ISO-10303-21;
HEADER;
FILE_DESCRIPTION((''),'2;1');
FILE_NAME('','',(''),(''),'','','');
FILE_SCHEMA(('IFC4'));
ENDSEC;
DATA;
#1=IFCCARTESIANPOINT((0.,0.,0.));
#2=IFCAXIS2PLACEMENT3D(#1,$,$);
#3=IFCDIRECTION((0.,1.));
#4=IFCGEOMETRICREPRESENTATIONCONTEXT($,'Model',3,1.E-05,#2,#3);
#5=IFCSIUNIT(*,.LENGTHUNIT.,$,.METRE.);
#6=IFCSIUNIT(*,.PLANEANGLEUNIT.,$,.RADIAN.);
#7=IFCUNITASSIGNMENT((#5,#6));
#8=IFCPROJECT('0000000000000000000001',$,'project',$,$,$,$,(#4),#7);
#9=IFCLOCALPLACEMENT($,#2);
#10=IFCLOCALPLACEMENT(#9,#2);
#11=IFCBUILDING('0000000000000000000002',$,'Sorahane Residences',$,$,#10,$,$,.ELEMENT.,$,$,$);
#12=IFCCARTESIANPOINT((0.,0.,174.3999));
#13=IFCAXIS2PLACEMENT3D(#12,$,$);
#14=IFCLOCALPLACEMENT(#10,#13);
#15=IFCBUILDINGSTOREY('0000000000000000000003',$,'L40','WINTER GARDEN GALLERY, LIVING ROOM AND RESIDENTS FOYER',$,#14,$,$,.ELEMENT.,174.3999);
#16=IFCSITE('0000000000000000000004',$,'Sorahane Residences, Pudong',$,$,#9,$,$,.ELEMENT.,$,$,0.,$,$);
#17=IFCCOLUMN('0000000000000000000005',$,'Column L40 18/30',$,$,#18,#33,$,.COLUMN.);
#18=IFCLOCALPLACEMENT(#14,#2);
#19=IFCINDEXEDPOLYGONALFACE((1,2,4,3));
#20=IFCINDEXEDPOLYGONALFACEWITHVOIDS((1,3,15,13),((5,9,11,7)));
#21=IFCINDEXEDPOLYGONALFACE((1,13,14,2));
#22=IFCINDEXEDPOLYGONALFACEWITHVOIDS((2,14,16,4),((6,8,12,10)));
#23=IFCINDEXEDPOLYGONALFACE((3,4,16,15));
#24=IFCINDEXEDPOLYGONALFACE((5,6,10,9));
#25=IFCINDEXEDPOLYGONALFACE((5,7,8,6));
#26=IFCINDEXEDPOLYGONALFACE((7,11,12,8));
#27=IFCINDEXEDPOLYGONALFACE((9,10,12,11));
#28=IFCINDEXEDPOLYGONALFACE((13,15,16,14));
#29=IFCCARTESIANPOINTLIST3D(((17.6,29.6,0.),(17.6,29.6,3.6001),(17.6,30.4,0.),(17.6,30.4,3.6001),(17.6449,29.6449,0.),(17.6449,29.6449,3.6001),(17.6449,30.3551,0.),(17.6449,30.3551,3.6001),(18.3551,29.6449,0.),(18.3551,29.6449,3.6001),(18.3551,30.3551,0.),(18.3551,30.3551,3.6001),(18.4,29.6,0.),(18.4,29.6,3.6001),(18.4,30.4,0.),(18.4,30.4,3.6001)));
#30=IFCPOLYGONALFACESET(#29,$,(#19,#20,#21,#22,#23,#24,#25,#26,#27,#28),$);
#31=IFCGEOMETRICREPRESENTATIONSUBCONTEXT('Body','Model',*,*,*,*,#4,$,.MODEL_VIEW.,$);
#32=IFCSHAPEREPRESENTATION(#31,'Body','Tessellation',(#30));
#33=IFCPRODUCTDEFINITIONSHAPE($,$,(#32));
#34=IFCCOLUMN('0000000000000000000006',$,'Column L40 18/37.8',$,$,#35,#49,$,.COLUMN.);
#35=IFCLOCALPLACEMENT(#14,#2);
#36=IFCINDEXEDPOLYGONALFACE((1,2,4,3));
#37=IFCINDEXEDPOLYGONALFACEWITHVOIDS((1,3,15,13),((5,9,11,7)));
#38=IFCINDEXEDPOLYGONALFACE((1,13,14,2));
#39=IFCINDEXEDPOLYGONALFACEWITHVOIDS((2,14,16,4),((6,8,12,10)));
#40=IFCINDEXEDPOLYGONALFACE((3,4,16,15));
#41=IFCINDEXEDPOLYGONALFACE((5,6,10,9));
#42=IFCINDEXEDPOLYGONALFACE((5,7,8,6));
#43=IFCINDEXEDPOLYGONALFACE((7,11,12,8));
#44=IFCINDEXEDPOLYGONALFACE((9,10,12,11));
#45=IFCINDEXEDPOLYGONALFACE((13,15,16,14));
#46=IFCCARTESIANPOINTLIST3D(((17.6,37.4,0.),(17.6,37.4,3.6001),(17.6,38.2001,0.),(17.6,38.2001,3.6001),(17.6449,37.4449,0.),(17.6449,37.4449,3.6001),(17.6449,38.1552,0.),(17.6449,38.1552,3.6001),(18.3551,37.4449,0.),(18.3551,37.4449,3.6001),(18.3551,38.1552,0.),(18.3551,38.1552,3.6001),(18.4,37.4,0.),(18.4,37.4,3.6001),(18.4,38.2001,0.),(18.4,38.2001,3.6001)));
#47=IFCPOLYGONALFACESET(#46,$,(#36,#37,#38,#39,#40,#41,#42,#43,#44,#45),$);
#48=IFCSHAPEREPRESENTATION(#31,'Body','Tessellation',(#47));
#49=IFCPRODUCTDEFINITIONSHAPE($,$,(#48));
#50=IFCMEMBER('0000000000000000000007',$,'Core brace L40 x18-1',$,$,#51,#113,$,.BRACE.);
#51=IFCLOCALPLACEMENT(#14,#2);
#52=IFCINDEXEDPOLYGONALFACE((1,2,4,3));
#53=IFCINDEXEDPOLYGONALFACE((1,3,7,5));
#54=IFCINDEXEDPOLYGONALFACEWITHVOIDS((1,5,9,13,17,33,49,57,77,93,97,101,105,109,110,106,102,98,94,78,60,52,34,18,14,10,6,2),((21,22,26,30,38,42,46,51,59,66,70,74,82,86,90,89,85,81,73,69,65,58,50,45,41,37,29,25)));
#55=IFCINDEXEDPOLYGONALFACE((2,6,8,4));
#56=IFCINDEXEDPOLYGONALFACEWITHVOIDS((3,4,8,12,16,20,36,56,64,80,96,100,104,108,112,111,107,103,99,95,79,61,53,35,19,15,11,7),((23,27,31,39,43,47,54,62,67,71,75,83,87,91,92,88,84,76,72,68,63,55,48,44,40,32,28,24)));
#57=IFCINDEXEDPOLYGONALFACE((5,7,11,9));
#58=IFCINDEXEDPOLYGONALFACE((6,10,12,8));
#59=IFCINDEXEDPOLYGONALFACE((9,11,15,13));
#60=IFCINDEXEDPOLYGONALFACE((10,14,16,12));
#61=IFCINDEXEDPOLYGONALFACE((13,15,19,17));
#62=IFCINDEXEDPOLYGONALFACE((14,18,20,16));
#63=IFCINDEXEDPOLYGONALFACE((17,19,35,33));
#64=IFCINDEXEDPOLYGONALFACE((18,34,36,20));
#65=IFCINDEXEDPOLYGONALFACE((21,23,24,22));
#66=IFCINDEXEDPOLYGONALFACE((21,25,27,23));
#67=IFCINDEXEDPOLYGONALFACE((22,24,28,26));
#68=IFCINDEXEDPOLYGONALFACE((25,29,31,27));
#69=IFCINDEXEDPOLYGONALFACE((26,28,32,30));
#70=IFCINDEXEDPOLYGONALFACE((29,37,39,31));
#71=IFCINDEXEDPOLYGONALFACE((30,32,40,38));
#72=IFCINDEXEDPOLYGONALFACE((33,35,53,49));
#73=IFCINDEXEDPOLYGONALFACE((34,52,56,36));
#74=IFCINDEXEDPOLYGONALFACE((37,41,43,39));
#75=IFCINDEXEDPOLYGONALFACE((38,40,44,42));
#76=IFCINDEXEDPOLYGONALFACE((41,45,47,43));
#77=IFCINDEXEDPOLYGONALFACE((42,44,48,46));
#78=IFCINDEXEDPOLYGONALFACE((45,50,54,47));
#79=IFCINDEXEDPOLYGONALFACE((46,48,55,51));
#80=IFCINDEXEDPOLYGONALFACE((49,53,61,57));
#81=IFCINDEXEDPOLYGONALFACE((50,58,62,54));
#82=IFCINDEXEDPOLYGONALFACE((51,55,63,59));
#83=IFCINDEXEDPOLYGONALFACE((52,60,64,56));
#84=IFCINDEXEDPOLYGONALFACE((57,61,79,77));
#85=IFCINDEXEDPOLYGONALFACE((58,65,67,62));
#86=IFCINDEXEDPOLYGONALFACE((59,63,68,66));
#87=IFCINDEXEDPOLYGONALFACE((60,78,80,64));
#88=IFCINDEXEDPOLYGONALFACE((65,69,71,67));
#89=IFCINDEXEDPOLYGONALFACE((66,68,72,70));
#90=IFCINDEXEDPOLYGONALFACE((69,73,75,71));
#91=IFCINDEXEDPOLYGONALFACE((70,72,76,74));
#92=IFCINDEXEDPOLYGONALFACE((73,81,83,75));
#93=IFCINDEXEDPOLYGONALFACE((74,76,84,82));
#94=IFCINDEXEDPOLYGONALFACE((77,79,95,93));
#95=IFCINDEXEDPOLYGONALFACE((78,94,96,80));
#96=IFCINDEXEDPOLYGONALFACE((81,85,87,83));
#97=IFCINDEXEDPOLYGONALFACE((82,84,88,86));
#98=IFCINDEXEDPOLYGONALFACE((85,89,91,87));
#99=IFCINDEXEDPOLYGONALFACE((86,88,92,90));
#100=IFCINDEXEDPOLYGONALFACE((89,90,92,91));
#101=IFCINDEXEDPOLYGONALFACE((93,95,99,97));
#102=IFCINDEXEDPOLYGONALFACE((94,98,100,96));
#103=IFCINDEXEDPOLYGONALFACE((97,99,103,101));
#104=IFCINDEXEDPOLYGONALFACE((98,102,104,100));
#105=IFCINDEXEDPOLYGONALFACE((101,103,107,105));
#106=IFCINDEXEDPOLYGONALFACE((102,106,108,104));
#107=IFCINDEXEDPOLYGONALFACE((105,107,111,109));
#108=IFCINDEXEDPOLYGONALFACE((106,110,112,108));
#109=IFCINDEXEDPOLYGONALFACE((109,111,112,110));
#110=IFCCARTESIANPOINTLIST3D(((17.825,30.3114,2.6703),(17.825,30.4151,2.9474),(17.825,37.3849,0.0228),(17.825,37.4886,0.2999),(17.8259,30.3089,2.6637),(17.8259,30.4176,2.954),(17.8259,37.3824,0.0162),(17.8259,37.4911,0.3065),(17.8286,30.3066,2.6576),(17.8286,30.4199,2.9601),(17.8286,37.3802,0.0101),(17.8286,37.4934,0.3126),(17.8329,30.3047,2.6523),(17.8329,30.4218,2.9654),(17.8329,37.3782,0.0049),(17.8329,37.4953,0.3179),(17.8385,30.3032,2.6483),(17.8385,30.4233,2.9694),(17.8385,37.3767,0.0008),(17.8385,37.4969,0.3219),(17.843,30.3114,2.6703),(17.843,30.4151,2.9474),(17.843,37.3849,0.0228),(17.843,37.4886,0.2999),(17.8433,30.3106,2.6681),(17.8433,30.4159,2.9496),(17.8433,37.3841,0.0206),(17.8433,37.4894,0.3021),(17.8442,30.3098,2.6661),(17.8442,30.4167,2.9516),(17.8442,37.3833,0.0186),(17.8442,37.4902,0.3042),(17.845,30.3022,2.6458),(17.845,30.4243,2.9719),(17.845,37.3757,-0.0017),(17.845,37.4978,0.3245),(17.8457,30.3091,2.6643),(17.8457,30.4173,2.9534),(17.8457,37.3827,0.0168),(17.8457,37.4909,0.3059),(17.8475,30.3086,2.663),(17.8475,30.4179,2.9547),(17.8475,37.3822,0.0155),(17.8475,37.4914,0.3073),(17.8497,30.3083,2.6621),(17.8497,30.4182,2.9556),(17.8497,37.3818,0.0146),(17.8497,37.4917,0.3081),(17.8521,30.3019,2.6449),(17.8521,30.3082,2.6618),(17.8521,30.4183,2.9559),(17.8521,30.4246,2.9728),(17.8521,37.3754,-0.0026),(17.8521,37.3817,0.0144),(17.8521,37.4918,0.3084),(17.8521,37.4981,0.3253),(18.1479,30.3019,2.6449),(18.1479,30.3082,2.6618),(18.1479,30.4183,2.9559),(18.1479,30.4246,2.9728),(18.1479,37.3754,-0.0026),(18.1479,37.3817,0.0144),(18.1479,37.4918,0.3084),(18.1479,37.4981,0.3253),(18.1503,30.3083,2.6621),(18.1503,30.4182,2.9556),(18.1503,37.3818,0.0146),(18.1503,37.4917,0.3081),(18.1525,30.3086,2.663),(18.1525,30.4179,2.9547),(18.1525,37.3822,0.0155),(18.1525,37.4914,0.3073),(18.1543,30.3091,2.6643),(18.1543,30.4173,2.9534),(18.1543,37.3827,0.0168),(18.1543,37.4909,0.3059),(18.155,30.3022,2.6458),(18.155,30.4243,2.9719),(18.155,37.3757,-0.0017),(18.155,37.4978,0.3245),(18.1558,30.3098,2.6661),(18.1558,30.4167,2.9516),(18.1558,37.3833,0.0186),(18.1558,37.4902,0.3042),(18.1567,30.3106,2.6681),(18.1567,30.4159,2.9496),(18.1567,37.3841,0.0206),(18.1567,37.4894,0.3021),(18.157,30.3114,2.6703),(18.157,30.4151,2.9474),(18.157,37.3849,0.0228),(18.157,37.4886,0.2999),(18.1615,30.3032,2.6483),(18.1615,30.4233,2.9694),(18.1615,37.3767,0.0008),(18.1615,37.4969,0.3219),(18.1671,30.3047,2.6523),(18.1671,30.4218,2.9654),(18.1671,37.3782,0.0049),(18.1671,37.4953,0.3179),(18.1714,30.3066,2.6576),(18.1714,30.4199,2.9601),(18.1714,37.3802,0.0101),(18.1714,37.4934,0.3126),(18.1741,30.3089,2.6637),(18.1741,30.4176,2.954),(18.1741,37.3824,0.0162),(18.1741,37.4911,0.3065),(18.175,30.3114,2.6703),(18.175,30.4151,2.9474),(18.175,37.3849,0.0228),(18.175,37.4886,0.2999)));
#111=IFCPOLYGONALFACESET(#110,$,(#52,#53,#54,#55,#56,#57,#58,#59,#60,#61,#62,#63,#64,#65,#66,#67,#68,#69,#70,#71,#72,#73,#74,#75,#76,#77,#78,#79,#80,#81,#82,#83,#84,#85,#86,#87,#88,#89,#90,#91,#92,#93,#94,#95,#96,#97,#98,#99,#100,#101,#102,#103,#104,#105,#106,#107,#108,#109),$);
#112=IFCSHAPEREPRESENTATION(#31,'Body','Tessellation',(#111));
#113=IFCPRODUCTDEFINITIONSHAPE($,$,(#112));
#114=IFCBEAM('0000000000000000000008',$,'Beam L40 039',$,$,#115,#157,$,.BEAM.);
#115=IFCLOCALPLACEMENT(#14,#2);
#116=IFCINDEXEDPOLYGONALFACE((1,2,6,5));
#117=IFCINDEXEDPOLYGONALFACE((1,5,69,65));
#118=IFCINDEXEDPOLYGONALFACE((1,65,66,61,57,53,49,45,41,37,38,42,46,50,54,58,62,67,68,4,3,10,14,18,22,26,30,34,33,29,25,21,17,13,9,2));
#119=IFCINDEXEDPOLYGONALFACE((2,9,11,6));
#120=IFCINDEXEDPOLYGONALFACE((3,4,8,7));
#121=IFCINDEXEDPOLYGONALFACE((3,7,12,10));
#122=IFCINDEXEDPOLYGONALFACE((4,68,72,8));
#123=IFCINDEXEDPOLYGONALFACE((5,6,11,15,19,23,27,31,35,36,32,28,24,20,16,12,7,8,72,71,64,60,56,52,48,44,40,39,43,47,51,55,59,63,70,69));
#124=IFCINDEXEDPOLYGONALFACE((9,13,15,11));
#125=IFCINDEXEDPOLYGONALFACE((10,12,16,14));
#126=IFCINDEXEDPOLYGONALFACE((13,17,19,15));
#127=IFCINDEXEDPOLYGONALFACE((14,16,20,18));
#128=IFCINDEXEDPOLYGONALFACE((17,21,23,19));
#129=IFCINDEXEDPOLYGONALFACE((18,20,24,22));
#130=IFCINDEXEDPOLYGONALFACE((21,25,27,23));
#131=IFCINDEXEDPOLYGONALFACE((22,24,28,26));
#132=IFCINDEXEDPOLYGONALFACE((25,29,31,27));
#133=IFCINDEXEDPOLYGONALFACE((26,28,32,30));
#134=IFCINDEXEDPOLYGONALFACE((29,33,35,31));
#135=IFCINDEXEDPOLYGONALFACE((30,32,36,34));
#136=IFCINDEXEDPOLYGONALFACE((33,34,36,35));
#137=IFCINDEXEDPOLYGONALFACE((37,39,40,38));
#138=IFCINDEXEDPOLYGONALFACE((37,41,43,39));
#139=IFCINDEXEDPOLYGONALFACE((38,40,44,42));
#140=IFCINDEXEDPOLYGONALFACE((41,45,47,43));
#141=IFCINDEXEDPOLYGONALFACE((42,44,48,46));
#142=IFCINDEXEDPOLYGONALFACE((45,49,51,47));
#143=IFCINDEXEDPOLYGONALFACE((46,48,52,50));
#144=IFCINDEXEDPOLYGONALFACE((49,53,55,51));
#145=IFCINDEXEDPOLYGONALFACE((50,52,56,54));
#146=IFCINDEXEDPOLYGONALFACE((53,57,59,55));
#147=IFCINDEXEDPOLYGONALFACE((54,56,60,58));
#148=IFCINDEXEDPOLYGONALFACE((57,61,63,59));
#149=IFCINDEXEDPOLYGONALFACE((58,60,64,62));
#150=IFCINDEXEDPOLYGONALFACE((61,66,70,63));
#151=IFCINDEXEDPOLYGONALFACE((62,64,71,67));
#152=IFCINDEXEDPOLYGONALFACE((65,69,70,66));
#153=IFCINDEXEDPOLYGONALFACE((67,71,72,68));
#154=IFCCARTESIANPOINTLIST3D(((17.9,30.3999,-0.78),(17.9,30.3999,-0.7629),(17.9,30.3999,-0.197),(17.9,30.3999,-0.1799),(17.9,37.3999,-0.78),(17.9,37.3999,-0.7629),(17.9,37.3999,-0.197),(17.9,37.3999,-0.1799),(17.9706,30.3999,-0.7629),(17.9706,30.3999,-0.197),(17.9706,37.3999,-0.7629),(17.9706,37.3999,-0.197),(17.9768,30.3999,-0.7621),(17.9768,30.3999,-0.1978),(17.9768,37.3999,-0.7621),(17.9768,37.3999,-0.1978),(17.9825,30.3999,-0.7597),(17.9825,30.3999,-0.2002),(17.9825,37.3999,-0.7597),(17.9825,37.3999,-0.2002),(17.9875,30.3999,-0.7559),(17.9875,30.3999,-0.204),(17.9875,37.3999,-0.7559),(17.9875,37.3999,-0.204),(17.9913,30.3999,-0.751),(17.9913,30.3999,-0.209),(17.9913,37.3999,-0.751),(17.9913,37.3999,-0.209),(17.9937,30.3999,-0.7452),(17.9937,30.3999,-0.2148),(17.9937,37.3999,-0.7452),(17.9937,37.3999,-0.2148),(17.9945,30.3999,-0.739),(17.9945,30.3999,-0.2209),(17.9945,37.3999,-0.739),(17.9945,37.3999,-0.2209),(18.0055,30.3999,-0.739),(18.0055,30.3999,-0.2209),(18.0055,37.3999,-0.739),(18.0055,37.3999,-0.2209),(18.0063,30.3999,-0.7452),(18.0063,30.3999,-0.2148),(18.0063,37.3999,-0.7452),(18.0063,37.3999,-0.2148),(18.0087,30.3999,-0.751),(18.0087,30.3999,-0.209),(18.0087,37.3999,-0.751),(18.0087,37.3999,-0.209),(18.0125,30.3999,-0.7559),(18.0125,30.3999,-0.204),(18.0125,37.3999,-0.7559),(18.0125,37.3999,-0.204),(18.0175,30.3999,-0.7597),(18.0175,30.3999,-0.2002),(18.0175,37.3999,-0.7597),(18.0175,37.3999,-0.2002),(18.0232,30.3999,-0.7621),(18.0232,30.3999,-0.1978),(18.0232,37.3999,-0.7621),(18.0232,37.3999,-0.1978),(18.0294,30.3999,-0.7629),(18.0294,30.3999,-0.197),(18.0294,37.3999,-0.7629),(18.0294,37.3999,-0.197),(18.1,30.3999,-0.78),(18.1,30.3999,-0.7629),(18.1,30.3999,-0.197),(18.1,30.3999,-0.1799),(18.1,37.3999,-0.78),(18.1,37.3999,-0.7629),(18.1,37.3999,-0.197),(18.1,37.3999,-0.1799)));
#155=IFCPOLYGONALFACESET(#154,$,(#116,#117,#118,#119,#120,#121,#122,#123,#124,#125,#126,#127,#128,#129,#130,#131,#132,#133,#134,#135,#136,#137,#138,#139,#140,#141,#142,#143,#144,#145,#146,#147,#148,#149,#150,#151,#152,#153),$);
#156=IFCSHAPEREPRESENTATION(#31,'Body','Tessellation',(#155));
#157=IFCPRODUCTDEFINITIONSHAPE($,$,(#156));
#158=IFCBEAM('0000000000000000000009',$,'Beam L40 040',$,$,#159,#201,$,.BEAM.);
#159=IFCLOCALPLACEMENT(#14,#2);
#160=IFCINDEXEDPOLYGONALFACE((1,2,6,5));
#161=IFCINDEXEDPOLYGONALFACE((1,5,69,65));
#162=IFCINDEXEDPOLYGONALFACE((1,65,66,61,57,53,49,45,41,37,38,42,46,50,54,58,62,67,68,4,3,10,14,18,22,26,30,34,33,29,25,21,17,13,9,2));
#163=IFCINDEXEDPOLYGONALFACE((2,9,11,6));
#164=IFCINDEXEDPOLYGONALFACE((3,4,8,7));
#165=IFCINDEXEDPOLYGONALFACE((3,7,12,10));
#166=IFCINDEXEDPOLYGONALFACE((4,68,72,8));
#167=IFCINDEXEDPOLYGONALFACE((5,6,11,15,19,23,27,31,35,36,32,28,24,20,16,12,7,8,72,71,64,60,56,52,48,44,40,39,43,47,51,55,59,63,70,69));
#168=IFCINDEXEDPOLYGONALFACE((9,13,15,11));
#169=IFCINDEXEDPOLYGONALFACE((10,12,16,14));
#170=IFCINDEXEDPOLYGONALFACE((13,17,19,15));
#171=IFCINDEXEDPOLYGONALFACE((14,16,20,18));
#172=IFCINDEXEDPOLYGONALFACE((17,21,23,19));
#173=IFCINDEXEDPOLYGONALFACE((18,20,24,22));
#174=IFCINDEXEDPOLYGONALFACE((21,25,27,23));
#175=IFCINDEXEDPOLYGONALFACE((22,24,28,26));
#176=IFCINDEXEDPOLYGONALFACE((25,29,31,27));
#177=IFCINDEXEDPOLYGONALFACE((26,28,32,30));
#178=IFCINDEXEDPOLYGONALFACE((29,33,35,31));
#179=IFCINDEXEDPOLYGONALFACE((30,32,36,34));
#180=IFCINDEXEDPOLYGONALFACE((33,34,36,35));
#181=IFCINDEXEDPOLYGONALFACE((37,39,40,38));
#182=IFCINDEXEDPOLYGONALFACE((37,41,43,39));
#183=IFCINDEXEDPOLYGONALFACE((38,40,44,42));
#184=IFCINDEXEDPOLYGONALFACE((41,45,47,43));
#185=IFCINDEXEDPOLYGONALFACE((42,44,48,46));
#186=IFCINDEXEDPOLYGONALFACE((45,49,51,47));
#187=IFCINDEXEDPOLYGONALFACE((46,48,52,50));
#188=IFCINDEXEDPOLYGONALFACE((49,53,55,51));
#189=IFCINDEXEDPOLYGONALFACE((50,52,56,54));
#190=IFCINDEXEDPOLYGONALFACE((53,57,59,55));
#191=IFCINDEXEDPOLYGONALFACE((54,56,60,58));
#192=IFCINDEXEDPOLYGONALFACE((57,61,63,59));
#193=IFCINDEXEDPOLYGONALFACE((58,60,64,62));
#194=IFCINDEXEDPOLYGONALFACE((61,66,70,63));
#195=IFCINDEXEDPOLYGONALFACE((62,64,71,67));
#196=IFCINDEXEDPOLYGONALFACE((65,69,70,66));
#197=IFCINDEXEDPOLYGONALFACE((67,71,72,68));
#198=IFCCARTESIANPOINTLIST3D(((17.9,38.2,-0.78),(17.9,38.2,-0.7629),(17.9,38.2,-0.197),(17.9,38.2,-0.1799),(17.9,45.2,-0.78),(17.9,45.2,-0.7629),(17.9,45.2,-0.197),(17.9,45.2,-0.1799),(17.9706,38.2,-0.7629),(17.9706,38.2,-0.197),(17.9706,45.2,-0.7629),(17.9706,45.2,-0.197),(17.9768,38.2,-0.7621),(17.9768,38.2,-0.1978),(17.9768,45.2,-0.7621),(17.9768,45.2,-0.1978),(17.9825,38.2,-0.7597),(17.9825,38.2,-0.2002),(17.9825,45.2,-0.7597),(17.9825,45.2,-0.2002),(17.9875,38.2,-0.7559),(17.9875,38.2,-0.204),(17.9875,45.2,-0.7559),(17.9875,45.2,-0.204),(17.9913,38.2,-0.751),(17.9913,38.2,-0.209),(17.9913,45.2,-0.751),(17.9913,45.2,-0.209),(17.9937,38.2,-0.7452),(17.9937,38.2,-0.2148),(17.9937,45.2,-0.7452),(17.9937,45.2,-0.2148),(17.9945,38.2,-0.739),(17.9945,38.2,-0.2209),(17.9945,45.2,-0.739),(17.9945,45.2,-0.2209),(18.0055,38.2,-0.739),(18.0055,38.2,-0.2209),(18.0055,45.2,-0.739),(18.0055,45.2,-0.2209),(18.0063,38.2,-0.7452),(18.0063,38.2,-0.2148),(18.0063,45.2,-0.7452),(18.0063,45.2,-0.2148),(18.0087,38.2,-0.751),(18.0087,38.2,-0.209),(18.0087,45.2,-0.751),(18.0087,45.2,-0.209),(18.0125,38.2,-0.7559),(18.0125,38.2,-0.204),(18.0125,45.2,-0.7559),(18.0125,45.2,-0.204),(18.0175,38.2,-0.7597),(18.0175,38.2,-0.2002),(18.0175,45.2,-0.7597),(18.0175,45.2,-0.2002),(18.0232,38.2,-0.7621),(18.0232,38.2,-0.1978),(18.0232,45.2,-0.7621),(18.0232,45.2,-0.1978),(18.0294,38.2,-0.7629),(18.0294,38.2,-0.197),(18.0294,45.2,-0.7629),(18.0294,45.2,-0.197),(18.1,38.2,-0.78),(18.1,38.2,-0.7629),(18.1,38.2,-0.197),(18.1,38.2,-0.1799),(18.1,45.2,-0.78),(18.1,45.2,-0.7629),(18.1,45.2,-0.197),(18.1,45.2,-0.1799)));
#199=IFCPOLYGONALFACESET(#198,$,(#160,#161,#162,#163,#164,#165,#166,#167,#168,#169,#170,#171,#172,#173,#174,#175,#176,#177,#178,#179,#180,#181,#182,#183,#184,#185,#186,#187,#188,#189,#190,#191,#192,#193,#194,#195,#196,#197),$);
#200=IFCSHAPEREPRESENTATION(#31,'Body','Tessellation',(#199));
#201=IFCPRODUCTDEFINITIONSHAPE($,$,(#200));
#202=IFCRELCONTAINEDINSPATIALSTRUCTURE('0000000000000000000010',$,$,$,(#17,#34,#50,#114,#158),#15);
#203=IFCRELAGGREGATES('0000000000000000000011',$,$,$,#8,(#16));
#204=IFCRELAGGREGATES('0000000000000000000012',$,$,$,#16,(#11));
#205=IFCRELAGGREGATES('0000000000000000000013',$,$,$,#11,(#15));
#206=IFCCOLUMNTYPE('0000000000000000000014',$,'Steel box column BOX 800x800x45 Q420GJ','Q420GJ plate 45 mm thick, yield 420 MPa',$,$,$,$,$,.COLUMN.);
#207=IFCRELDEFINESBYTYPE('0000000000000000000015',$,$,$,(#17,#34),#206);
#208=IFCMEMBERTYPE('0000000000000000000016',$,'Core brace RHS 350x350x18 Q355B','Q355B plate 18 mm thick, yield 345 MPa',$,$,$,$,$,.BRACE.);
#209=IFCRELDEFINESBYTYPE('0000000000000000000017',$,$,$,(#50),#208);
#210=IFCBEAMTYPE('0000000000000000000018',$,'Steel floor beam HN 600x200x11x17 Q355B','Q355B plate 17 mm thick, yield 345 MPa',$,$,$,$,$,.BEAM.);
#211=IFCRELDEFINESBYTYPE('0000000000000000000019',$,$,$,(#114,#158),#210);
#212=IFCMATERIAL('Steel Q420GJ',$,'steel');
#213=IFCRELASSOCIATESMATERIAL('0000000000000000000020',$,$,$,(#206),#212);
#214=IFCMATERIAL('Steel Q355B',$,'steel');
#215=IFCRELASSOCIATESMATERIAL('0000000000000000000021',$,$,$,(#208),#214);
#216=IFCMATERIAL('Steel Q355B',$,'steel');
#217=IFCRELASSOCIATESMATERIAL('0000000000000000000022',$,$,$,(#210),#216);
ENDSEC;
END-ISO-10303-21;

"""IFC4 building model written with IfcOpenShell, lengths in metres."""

from ifc_helpers import new_model, si_unit, direction, frame, origin, origin_2d, place, context, subcontext, project, spatial, hollow_rectangle, i_section, extrude, material, material_profile, profile_set, type_object, element, save


model = new_model("IFC4")

# Units and contexts
model_context = context("Model", 3, precision=1e-05, world=origin(), true_north=direction((0.0, 1.0)))
body_context = subcontext(model_context, "Body", "Model", "MODEL_VIEW")
ifc_project = project(units=[si_unit("LENGTHUNIT", "METRE"), si_unit("PLANEANGLEUNIT", "RADIAN")], contexts=[model_context])

# Site, building, storey
site_placement = place(None, origin())
site = spatial("IfcSite", under=ifc_project, at=site_placement, Name="Sorahane Residences, Pudong", CompositionType="ELEMENT", RefElevation=0.0)
building_placement = place(site_placement, origin())
building = spatial("IfcBuilding", under=site, at=building_placement, Name="Sorahane Residences", CompositionType="ELEMENT")
storey_placement = place(building_placement, frame((0.0, 0.0, 174.3999)))
storey = spatial("IfcBuildingStorey", under=building, at=storey_placement, Name="L40", Description="WINTER GARDEN GALLERY, LIVING ROOM AND RESIDENTS FOYER", CompositionType="ELEMENT", Elevation=174.3999)

# Columns
ifc_material_1 = material(Name="Steel Q420GJ", Category="steel")
ifc_material_profile_1 = material_profile(ifc_material_1, hollow_rectangle(XDim=0.8, YDim=0.8, WallThickness=0.0449, at=origin_2d()), Name="BOX 800x800x45")
ifc_profile_set_1 = profile_set([ifc_material_profile_1], Name="Steel Q420GJ")
column_type = type_object("IfcColumnType", Name="Steel box column BOX 800x800x45 Q420GJ", Description="Q420GJ plate 45 mm thick, yield 420 MPa", PredefinedType="COLUMN", material=ifc_profile_set_1)
for number, where, z_axis, x_axis, name in (
    (1, (18.0, 30.0, 0.0), (0.0, 0.0, 1.0), (1.0, 0.0, 0.0), "Column L40 18/30"),
    (2, (18.0, 37.8, 0.0), (0.0, 0.0, 1.0), (1.0, 0.0, 0.0), "Column L40 18/37.8"),
):
    element("IfcColumn", number, at=place(storey_placement, frame(where, z_axis=z_axis, x_axis=x_axis)), inside=storey, type_object=column_type, Name=name, PredefinedType="COLUMN", context=body_context, shape_type="SweptSolid", body=[
        extrude(hollow_rectangle(XDim=0.8, YDim=0.8, WallThickness=0.0449, at=origin_2d()), origin(), (0.0, 0.0, 1.0), 3.6001),
    ])

# Member
ifc_material_2 = material(Name="Steel Q355B", Category="steel")
ifc_material_profile_2 = material_profile(ifc_material_2, hollow_rectangle(XDim=0.3501, YDim=0.3501, WallThickness=0.0181, InnerFilletRadius=0.009, OuterFilletRadius=0.0271, at=origin_2d()), Name="RHS 350x350x18")
ifc_profile_set_2 = profile_set([ifc_material_profile_2], Name="Steel Q355B")
member_type = type_object("IfcMemberType", Name="Core brace RHS 350x350x18 Q355B", Description="Q355B plate 18 mm thick, yield 345 MPa", PredefinedType="BRACE", material=ifc_profile_set_2)
member_placement = place(storey_placement, frame((18.0, 37.4368, 0.1614), z_axis=(0.0, -0.936551, 0.350532), x_axis=(1.0, 0.0, 0.0)))
element("IfcMember", 3, at=member_placement, inside=storey, type_object=member_type, Name="Core brace L40 x18-1", PredefinedType="BRACE", context=body_context, shape_type="SweptSolid", body=[
    extrude(hollow_rectangle(XDim=0.3501, YDim=0.3501, WallThickness=0.0181, InnerFilletRadius=0.009, OuterFilletRadius=0.0271, at=origin_2d()), origin(), (0.0, 0.0, 1.0), 7.5527),
])

# Beams
ifc_material_3 = material(Name="Steel Q355B", Category="steel")
ifc_material_profile_3 = material_profile(ifc_material_3, i_section(OverallWidth=0.2, OverallDepth=0.6001, WebThickness=0.011, FlangeThickness=0.0171, FilletRadius=0.0239, at=origin_2d()), Name="HN 600x200x11x17")
ifc_profile_set_3 = profile_set([ifc_material_profile_3], Name="Steel Q355B")
beam_type = type_object("IfcBeamType", Name="Steel floor beam HN 600x200x11x17 Q355B", Description="Q355B plate 17 mm thick, yield 345 MPa", PredefinedType="BEAM", material=ifc_profile_set_3)
for number, where, z_axis, x_axis, name in (
    (4, (18.0, 30.3999, -0.48), (0.0, 1.0, 0.0), (-1.0, 0.0, 0.0), "Beam L40 039"),
    (5, (18.0, 38.2, -0.48), (0.0, 1.0, 0.0), (-1.0, 0.0, 0.0), "Beam L40 040"),
):
    element("IfcBeam", number, at=place(storey_placement, frame(where, z_axis=z_axis, x_axis=x_axis)), inside=storey, type_object=beam_type, Name=name, PredefinedType="BEAM", context=body_context, shape_type="SweptSolid", body=[
        extrude(i_section(OverallWidth=0.2, OverallDepth=0.6001, WebThickness=0.011, FlangeThickness=0.0171, FilletRadius=0.0239, at=origin_2d()), origin(), (0.0, 0.0, 1.0), 7.0),
    ])

save(model, "model.ifc")
